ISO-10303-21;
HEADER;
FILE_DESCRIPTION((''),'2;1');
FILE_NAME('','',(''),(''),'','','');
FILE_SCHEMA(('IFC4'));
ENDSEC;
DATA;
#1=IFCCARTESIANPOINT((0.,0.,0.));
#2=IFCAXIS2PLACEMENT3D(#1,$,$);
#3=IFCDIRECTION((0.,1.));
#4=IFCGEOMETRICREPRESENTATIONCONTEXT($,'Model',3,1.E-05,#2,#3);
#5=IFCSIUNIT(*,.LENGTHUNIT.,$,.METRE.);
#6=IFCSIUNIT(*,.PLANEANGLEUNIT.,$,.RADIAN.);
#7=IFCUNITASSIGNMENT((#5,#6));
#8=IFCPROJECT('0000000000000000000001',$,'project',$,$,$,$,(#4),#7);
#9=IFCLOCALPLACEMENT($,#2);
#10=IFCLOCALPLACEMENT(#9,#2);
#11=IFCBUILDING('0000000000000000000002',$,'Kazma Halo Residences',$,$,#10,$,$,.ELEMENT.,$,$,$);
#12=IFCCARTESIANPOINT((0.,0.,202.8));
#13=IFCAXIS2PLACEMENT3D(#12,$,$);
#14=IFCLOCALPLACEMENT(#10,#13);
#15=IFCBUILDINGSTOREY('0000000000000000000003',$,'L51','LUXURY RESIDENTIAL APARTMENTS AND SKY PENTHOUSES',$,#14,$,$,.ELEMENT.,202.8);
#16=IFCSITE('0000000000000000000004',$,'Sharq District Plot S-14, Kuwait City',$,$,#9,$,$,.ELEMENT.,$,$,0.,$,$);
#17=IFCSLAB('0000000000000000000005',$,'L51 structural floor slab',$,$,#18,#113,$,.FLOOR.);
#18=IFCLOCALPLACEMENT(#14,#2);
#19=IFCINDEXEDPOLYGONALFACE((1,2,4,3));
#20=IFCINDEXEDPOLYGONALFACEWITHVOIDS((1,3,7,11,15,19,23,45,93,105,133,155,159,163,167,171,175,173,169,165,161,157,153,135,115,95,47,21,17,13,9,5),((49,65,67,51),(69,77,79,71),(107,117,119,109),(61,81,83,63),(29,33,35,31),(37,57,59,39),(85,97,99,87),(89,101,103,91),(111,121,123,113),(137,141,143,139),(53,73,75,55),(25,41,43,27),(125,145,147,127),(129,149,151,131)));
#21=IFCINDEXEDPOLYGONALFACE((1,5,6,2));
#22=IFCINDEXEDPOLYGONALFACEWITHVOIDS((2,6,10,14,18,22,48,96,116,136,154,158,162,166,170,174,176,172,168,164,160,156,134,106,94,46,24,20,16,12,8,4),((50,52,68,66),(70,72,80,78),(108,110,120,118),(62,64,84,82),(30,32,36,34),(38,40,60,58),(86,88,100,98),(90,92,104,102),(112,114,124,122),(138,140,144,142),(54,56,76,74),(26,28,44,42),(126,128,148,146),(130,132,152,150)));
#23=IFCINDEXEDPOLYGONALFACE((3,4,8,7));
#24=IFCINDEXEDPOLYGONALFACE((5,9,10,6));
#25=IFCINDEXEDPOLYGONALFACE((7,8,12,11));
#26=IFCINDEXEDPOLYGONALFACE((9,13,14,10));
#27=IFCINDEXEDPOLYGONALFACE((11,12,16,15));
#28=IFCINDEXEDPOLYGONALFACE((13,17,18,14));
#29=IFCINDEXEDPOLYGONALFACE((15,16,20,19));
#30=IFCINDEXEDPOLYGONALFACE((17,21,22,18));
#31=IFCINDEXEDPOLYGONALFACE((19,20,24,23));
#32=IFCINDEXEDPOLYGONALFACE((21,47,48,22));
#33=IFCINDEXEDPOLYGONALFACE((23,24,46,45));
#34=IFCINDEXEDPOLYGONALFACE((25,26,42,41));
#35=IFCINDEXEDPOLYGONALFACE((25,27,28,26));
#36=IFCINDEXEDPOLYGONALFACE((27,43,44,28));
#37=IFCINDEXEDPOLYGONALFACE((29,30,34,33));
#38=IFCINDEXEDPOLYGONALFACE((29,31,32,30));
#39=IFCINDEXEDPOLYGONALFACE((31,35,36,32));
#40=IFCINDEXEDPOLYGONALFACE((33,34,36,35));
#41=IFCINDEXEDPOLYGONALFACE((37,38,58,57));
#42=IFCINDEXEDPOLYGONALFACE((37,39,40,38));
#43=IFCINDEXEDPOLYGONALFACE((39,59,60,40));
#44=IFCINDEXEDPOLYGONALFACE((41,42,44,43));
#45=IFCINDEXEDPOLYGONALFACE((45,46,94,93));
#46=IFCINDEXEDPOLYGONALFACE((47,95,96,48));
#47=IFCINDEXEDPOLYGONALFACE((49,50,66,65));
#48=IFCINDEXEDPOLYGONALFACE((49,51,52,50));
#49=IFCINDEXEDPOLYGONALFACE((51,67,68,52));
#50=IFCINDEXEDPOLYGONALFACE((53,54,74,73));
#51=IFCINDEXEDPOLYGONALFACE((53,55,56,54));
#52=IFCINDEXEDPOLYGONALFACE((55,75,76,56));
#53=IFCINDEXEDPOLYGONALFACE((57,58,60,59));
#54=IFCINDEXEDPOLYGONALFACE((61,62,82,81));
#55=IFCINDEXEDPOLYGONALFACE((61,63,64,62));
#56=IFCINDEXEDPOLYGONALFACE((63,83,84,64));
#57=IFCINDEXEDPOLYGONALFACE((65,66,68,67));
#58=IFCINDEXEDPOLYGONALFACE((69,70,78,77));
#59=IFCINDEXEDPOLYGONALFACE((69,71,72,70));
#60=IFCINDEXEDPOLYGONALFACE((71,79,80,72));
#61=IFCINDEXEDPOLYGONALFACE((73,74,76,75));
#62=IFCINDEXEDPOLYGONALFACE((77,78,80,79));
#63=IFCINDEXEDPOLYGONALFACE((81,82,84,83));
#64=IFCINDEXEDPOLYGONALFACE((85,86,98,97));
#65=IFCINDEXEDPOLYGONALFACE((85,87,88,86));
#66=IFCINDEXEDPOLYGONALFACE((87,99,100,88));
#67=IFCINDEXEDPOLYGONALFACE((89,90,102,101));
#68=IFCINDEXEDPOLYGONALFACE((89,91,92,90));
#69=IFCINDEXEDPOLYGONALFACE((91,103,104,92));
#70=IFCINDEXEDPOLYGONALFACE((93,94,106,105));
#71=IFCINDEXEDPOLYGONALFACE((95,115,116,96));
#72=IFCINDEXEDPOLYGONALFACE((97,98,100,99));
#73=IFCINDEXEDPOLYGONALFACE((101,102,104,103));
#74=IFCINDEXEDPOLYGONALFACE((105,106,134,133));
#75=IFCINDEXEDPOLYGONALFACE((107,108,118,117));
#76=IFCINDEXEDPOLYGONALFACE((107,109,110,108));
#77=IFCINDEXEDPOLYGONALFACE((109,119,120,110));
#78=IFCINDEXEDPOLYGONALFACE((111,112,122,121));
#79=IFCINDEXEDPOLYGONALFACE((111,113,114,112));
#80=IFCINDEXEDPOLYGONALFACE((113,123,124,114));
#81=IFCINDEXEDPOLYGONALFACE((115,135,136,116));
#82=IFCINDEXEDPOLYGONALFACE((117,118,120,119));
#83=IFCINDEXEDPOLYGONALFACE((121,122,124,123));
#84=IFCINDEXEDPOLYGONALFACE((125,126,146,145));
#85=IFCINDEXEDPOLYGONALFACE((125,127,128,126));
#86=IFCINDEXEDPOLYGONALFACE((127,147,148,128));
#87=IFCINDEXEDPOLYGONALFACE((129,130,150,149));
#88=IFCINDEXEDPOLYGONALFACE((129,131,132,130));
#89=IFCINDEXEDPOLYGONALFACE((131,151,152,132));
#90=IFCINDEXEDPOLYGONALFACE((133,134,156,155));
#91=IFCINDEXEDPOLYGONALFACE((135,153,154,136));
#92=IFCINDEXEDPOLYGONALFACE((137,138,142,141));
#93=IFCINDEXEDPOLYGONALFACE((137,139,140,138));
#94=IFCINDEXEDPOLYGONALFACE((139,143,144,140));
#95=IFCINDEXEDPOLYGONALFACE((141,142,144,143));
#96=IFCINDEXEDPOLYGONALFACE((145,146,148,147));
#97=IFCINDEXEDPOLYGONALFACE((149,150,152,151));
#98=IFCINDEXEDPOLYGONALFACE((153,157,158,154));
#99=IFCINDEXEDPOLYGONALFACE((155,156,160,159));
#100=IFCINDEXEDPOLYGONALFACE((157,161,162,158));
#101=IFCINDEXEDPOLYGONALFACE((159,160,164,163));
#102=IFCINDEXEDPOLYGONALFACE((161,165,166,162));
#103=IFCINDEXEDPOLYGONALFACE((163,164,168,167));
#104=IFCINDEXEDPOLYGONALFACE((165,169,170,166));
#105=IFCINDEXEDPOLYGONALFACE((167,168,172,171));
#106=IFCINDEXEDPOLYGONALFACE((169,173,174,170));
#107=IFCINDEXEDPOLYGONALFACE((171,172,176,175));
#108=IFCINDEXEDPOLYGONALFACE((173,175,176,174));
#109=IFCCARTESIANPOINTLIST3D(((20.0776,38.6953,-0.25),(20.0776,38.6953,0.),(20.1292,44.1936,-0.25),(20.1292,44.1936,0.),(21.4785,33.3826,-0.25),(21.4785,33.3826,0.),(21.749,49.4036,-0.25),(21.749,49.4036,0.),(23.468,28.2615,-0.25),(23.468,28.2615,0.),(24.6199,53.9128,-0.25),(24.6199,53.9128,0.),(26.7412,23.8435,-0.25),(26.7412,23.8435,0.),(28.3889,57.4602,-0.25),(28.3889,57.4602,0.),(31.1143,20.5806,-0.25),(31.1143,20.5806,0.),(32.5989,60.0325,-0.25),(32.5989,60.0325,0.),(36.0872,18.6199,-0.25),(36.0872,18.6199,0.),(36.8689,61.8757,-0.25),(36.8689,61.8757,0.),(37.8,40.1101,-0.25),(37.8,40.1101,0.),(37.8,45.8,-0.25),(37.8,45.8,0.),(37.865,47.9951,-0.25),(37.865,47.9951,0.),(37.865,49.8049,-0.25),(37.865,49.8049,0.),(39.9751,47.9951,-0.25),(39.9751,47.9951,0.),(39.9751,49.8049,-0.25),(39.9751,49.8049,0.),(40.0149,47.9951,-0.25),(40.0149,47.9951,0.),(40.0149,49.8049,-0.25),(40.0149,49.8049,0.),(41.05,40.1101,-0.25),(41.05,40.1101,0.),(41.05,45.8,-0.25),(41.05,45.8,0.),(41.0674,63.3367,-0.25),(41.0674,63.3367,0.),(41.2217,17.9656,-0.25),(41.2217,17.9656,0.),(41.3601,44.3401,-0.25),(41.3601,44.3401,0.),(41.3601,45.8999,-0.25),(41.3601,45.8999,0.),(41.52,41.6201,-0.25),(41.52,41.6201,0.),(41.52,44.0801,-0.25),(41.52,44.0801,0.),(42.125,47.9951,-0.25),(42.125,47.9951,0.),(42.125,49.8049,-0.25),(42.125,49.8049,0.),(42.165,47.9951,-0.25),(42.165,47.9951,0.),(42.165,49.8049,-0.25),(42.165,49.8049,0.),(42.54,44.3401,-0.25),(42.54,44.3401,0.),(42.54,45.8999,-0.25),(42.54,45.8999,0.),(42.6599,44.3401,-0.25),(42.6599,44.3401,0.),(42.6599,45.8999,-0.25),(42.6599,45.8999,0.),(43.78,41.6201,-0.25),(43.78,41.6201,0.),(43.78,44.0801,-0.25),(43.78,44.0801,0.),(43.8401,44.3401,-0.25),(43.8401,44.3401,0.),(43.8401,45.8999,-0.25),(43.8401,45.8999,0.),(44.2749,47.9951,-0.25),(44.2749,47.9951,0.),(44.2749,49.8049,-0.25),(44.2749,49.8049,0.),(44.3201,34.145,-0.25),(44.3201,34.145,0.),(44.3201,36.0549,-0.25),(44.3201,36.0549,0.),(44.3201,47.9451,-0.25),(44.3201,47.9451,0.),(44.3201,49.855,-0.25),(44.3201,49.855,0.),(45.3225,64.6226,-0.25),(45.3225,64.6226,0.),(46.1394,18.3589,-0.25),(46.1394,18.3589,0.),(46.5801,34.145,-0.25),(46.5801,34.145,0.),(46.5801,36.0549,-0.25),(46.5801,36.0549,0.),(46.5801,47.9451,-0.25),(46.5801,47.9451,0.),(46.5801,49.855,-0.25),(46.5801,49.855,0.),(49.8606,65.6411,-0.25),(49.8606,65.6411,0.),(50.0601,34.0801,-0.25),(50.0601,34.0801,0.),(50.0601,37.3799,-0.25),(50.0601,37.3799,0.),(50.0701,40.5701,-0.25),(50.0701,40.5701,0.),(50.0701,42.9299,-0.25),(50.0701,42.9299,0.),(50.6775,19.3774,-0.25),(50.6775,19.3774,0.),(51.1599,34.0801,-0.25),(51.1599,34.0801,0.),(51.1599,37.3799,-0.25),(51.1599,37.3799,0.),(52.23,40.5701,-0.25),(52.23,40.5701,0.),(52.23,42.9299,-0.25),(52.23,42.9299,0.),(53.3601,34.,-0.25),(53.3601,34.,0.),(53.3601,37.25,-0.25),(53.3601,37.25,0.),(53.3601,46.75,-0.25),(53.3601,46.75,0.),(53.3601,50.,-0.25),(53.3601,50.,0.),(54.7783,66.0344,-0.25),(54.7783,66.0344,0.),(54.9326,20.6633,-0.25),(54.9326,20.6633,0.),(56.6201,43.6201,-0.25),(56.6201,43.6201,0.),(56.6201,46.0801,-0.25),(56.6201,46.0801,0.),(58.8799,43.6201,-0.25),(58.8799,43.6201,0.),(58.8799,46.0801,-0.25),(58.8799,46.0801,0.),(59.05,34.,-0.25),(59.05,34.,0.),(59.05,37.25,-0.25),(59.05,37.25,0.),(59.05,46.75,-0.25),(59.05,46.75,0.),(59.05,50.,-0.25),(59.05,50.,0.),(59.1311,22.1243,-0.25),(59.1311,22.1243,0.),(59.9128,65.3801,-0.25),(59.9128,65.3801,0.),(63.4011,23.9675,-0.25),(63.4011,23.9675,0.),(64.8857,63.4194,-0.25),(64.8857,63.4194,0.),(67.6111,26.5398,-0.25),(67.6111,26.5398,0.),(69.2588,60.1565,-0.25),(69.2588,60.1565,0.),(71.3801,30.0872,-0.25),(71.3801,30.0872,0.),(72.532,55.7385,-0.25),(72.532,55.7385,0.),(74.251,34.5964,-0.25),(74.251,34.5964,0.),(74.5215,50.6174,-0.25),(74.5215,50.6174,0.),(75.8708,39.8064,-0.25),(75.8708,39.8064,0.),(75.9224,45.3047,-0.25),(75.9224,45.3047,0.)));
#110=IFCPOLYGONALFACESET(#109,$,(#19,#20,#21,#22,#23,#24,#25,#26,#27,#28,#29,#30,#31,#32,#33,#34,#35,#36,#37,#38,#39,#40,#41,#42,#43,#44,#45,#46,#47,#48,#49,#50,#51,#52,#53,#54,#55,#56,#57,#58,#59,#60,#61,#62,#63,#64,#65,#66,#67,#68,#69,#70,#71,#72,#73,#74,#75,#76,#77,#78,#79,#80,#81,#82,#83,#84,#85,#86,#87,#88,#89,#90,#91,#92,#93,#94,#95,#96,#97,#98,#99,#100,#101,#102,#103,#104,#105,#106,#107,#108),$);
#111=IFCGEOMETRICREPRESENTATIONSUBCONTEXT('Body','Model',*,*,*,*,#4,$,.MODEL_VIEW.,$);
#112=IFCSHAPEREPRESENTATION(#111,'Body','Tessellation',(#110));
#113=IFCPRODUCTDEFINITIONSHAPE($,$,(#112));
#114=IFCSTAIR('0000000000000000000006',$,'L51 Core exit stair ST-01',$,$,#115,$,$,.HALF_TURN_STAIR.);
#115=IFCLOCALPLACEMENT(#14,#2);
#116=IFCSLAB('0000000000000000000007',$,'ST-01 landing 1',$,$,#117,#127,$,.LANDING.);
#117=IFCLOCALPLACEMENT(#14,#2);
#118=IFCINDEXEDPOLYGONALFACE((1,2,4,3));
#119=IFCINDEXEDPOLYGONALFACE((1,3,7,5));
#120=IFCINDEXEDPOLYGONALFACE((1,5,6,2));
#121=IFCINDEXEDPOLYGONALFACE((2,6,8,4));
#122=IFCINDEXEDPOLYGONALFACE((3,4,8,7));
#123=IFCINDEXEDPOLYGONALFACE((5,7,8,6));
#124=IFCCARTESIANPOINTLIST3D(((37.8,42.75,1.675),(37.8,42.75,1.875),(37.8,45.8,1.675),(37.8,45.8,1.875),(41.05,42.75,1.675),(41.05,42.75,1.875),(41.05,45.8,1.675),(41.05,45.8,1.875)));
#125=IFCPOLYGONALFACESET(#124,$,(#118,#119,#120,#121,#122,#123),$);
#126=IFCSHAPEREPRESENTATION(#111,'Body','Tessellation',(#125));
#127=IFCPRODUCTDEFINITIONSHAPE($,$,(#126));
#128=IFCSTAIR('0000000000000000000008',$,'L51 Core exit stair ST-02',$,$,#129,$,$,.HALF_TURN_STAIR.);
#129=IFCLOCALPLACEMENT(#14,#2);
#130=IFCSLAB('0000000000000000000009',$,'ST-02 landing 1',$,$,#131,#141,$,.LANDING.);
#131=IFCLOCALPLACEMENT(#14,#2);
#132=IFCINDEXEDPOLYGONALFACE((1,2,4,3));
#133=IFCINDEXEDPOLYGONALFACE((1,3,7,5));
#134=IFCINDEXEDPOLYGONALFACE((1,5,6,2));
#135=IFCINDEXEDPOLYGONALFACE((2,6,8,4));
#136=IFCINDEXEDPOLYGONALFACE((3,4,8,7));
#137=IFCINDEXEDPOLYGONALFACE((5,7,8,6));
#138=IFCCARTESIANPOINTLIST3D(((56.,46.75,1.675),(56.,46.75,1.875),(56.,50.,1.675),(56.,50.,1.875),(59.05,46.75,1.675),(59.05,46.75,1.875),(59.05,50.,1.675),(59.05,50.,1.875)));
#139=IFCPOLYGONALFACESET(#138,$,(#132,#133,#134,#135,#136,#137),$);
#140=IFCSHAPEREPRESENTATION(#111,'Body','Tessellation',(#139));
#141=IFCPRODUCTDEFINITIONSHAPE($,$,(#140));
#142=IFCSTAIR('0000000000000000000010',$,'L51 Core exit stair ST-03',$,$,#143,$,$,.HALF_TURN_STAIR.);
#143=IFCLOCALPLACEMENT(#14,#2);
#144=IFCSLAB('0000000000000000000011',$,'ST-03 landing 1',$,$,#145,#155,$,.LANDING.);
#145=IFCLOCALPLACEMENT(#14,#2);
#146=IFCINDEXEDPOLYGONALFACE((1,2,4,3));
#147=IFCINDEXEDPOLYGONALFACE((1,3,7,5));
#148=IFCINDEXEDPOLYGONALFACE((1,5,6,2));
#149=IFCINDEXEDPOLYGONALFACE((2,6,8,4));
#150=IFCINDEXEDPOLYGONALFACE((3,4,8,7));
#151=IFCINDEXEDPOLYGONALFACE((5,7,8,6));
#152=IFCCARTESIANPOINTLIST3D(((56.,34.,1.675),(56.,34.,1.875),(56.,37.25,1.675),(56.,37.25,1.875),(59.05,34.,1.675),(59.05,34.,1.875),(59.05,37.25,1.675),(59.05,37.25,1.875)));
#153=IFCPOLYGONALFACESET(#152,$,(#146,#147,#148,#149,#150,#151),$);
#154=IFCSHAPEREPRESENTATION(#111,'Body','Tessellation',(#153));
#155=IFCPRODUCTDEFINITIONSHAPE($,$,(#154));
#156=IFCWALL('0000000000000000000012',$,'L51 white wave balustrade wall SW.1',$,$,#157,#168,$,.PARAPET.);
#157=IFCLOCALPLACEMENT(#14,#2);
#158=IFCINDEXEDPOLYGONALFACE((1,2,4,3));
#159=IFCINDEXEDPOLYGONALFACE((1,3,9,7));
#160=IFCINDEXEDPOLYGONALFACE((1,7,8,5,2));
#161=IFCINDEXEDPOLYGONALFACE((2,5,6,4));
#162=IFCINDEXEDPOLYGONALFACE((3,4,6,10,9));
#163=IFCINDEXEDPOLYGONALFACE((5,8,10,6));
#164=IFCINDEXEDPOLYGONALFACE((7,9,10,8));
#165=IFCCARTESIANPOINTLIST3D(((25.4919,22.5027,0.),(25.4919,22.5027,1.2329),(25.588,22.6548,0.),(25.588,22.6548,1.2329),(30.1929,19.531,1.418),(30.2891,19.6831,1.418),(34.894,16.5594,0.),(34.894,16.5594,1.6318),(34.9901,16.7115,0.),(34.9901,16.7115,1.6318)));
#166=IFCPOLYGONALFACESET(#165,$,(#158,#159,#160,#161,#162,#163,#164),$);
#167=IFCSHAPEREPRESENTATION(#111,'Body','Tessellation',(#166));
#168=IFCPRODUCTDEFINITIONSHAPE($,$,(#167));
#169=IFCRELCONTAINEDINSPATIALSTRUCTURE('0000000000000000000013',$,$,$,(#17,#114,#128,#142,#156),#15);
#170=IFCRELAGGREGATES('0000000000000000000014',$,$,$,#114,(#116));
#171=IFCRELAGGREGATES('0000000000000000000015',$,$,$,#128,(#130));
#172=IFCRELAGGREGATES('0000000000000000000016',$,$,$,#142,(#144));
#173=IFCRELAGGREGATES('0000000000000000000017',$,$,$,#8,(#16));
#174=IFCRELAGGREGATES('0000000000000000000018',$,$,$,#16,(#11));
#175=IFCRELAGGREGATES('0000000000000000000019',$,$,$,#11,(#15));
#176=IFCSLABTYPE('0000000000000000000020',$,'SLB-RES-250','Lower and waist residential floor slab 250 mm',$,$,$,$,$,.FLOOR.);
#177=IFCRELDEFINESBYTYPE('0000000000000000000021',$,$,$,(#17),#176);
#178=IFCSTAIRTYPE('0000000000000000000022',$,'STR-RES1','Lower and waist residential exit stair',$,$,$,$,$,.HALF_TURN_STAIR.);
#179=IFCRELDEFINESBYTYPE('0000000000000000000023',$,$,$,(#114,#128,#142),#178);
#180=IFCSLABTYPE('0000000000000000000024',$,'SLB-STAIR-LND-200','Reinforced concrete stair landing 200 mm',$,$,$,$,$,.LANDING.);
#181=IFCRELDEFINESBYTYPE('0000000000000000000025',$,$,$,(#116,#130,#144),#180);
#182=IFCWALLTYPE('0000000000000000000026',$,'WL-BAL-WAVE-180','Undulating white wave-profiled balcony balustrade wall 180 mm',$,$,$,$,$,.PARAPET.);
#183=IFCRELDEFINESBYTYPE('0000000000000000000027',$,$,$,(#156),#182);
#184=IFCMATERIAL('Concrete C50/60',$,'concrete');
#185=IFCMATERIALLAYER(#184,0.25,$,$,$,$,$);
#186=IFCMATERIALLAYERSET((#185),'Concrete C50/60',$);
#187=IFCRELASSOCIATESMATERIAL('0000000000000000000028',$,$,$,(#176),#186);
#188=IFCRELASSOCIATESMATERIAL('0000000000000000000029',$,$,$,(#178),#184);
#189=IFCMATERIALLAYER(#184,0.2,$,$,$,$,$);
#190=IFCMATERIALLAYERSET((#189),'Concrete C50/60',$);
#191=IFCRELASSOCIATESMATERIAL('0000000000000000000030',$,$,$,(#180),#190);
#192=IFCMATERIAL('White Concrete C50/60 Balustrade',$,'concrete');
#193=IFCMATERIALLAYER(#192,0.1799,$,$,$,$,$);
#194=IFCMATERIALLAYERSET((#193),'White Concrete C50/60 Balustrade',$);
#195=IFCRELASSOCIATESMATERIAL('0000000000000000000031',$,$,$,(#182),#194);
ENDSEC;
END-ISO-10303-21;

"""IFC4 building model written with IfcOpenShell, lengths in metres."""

from ifc_helpers import new_model, si_unit, direction, frame, origin, place, context, subcontext, project, spatial, polyline, outline, extrude, material, layer, layer_set, type_object, element, aggregate, save


model = new_model("IFC4")

# Units and contexts
model_context = context("Model", 3, precision=1e-05, world=origin(), true_north=direction((0.0, 1.0)))
body_context = subcontext(model_context, "Body", "Model", "MODEL_VIEW")
ifc_project = project(units=[si_unit("LENGTHUNIT", "METRE"), si_unit("PLANEANGLEUNIT", "RADIAN")], contexts=[model_context])

# Site, building, storey
site_placement = place(None, origin())
site = spatial("IfcSite", under=ifc_project, at=site_placement, Name="Sharq District Plot S-14, Kuwait City", CompositionType="ELEMENT", RefElevation=0.0)
building_placement = place(site_placement, origin())
building = spatial("IfcBuilding", under=site, at=building_placement, Name="Kazma Halo Residences", CompositionType="ELEMENT")
storey_placement = place(building_placement, frame((0.0, 0.0, 202.8)))
storey = spatial("IfcBuildingStorey", under=building, at=storey_placement, Name="L51", Description="LUXURY RESIDENTIAL APARTMENTS AND SKY PENTHOUSES", CompositionType="ELEMENT", Elevation=202.8)

# Slab
ifc_material_1 = material(Name="Concrete C50/60", Category="concrete")
ifc_layer_1 = layer(ifc_material_1, 0.25)
ifc_layer_set_1 = layer_set([ifc_layer_1], Name="Concrete C50/60")
slab_type_1 = type_object("IfcSlabType", Name="SLB-RES-250", Description="Lower and waist residential floor slab 250 mm", PredefinedType="FLOOR", material=ifc_layer_set_1)
slab_1_placement = place(storey_placement, frame((0.0, 0.0, -0.25)))
element("IfcSlab", 1, at=slab_1_placement, inside=storey, type_object=slab_type_1, Name="L51 structural floor slab", PredefinedType="FLOOR", context=body_context, shape_type="SweptSolid", body=[
    extrude(outline(polyline([(74.5215, 50.6174), (72.532, 55.7385), (69.2588, 60.1565), (64.8857, 63.4194), (59.9128, 65.3801), (54.7783, 66.0344), (49.8606, 65.6411), (45.3225, 64.6226), (41.0674, 63.3367), (36.8689, 61.8757), (32.5989, 60.0325), (28.3889, 57.4602), (24.6199, 53.9128), (21.749, 49.4036), (20.1292, 44.1936), (20.0776, 38.6953), (21.4785, 33.3826), (23.468, 28.2615), (26.7412, 23.8435), (31.1143, 20.5806), (36.0872, 18.6199), (41.2217, 17.9656), (46.1394, 18.3589), (50.6775, 19.3774), (54.9326, 20.6633), (59.1311, 22.1243), (63.4011, 23.9675), (67.6111, 26.5398), (71.3801, 30.0872), (74.251, 34.5964), (75.8708, 39.8064), (75.9224, 45.3047), (74.5215, 50.6174)]), holes=[polyline([(37.8, 40.1101), (41.05, 40.1101), (41.05, 45.8), (37.8, 45.8), (37.8, 40.1101)]), polyline([(53.3601, 46.75), (59.05, 46.75), (59.05, 50.0), (53.3601, 50.0), (53.3601, 46.75)]), polyline([(53.3601, 34.0), (59.05, 34.0), (59.05, 37.25), (53.3601, 37.25), (53.3601, 34.0)]), polyline([(41.52, 41.6201), (43.78, 41.6201), (43.78, 44.0801), (41.52, 44.0801), (41.52, 41.6201)]), polyline([(56.6201, 43.6201), (58.8799, 43.6201), (58.8799, 46.0801), (56.6201, 46.0801), (56.6201, 43.6201)]), polyline([(37.865, 47.9951), (39.9751, 47.9951), (39.9751, 49.8049), (37.865, 49.8049), (37.865, 47.9951)]), polyline([(40.0149, 47.9951), (42.125, 47.9951), (42.125, 49.8049), (40.0149, 49.8049), (40.0149, 47.9951)]), polyline([(42.165, 47.9951), (44.2749, 47.9951), (44.2749, 49.8049), (42.165, 49.8049), (42.165, 47.9951)]), polyline([(44.3201, 47.9451), (46.5801, 47.9451), (46.5801, 49.855), (44.3201, 49.855), (44.3201, 47.9451)]), polyline([(44.3201, 34.145), (46.5801, 34.145), (46.5801, 36.0549), (44.3201, 36.0549), (44.3201, 34.145)]), polyline([(50.0701, 40.5701), (52.23, 40.5701), (52.23, 42.9299), (50.0701, 42.9299), (50.0701, 40.5701)]), polyline([(41.3601, 44.3401), (42.54, 44.3401), (42.54, 45.8999), (41.3601, 45.8999), (41.3601, 44.3401)]), polyline([(42.6599, 44.3401), (43.8401, 44.3401), (43.8401, 45.8999), (42.6599, 45.8999), (42.6599, 44.3401)]), polyline([(50.0601, 34.0801), (51.1599, 34.0801), (51.1599, 37.3799), (50.0601, 37.3799), (50.0601, 34.0801)])]), origin(), (0.0, 0.0, 1.0), 0.25),
])

# Stairs, slabs
stair_type = type_object("IfcStairType", Name="STR-RES1", Description="Lower and waist residential exit stair", PredefinedType="HALF_TURN_STAIR", material=ifc_material_1)
stair_1_placement = place(storey_placement, origin())
stair_1 = element("IfcStair", 2, at=stair_1_placement, inside=storey, type_object=stair_type, Name="L51 Core exit stair ST-01", PredefinedType="HALF_TURN_STAIR")
ifc_layer_2 = layer(ifc_material_1, 0.2)
ifc_layer_set_2 = layer_set([ifc_layer_2], Name="Concrete C50/60")
slab_type_2 = type_object("IfcSlabType", Name="SLB-STAIR-LND-200", Description="Reinforced concrete stair landing 200 mm", PredefinedType="LANDING", material=ifc_layer_set_2)
slab_2_placement = place(storey_placement, frame((0.0, 0.0, 1.675)))
slab_2 = element("IfcSlab", 3, at=slab_2_placement, type_object=slab_type_2, Name="ST-01 landing 1", PredefinedType="LANDING", context=body_context, shape_type="SweptSolid", body=[
    extrude(outline(polyline([(41.05, 42.75), (41.05, 45.8), (37.8, 45.8), (37.8, 42.75), (41.05, 42.75)])), origin(), (0.0, 0.0, 1.0), 0.2),
])
aggregate(stair_1, [slab_2])
stair_2_placement = place(storey_placement, origin())
stair_2 = element("IfcStair", 4, at=stair_2_placement, inside=storey, type_object=stair_type, Name="L51 Core exit stair ST-02", PredefinedType="HALF_TURN_STAIR")
slab_3_placement = place(storey_placement, frame((0.0, 0.0, 1.675)))
slab_3 = element("IfcSlab", 5, at=slab_3_placement, type_object=slab_type_2, Name="ST-02 landing 1", PredefinedType="LANDING", context=body_context, shape_type="SweptSolid", body=[
    extrude(outline(polyline([(56.0, 46.75), (59.05, 46.75), (59.05, 50.0), (56.0, 50.0), (56.0, 46.75)])), origin(), (0.0, 0.0, 1.0), 0.2),
])
aggregate(stair_2, [slab_3])
stair_3_placement = place(storey_placement, origin())
stair_3 = element("IfcStair", 6, at=stair_3_placement, inside=storey, type_object=stair_type, Name="L51 Core exit stair ST-03", PredefinedType="HALF_TURN_STAIR")
slab_4_placement = place(storey_placement, frame((0.0, 0.0, 1.675)))
slab_4 = element("IfcSlab", 7, at=slab_4_placement, type_object=slab_type_2, Name="ST-03 landing 1", PredefinedType="LANDING", context=body_context, shape_type="SweptSolid", body=[
    extrude(outline(polyline([(56.0, 34.0), (59.05, 34.0), (59.05, 37.25), (56.0, 37.25), (56.0, 34.0)])), origin(), (0.0, 0.0, 1.0), 0.2),
])
aggregate(stair_3, [slab_4])

# Wall
ifc_material_2 = material(Name="White Concrete C50/60 Balustrade", Category="concrete")
ifc_layer_3 = layer(ifc_material_2, 0.1799)
ifc_layer_set_3 = layer_set([ifc_layer_3], Name="White Concrete C50/60 Balustrade")
wall_type_1 = type_object("IfcWallType", Name="WL-BAL-WAVE-180", Description="Undulating white wave-profiled balcony balustrade wall 180 mm", PredefinedType="PARAPET", material=ifc_layer_set_3)
wall_1_placement = place(storey_placement, frame((25.54, 22.5789, 0.0), z_axis=(0.0, 0.0, 1.0), x_axis=(0.845278, -0.534327, 0.0)))
element("IfcWall", 8, at=wall_1_placement, inside=storey, type_object=wall_type_1, Name="L51 white wave balustrade wall SW.1", PredefinedType="PARAPET", context=body_context, shape_type="SweptSolid", body=[
    extrude(outline(polyline([(0.0, 0.0), (11.123, 0.0), (11.123, 1.6318), (5.5615, 1.418), (0.0, 1.2329), (0.0, 0.0)])), frame((0.0, 0.0898, 0.0), z_axis=(0.0, -1.0, 0.0), x_axis=(1.0, 0.0, 0.0)), (0.0, 0.0, 1.0), 0.1799),
])

save(model, "model.ifc")
